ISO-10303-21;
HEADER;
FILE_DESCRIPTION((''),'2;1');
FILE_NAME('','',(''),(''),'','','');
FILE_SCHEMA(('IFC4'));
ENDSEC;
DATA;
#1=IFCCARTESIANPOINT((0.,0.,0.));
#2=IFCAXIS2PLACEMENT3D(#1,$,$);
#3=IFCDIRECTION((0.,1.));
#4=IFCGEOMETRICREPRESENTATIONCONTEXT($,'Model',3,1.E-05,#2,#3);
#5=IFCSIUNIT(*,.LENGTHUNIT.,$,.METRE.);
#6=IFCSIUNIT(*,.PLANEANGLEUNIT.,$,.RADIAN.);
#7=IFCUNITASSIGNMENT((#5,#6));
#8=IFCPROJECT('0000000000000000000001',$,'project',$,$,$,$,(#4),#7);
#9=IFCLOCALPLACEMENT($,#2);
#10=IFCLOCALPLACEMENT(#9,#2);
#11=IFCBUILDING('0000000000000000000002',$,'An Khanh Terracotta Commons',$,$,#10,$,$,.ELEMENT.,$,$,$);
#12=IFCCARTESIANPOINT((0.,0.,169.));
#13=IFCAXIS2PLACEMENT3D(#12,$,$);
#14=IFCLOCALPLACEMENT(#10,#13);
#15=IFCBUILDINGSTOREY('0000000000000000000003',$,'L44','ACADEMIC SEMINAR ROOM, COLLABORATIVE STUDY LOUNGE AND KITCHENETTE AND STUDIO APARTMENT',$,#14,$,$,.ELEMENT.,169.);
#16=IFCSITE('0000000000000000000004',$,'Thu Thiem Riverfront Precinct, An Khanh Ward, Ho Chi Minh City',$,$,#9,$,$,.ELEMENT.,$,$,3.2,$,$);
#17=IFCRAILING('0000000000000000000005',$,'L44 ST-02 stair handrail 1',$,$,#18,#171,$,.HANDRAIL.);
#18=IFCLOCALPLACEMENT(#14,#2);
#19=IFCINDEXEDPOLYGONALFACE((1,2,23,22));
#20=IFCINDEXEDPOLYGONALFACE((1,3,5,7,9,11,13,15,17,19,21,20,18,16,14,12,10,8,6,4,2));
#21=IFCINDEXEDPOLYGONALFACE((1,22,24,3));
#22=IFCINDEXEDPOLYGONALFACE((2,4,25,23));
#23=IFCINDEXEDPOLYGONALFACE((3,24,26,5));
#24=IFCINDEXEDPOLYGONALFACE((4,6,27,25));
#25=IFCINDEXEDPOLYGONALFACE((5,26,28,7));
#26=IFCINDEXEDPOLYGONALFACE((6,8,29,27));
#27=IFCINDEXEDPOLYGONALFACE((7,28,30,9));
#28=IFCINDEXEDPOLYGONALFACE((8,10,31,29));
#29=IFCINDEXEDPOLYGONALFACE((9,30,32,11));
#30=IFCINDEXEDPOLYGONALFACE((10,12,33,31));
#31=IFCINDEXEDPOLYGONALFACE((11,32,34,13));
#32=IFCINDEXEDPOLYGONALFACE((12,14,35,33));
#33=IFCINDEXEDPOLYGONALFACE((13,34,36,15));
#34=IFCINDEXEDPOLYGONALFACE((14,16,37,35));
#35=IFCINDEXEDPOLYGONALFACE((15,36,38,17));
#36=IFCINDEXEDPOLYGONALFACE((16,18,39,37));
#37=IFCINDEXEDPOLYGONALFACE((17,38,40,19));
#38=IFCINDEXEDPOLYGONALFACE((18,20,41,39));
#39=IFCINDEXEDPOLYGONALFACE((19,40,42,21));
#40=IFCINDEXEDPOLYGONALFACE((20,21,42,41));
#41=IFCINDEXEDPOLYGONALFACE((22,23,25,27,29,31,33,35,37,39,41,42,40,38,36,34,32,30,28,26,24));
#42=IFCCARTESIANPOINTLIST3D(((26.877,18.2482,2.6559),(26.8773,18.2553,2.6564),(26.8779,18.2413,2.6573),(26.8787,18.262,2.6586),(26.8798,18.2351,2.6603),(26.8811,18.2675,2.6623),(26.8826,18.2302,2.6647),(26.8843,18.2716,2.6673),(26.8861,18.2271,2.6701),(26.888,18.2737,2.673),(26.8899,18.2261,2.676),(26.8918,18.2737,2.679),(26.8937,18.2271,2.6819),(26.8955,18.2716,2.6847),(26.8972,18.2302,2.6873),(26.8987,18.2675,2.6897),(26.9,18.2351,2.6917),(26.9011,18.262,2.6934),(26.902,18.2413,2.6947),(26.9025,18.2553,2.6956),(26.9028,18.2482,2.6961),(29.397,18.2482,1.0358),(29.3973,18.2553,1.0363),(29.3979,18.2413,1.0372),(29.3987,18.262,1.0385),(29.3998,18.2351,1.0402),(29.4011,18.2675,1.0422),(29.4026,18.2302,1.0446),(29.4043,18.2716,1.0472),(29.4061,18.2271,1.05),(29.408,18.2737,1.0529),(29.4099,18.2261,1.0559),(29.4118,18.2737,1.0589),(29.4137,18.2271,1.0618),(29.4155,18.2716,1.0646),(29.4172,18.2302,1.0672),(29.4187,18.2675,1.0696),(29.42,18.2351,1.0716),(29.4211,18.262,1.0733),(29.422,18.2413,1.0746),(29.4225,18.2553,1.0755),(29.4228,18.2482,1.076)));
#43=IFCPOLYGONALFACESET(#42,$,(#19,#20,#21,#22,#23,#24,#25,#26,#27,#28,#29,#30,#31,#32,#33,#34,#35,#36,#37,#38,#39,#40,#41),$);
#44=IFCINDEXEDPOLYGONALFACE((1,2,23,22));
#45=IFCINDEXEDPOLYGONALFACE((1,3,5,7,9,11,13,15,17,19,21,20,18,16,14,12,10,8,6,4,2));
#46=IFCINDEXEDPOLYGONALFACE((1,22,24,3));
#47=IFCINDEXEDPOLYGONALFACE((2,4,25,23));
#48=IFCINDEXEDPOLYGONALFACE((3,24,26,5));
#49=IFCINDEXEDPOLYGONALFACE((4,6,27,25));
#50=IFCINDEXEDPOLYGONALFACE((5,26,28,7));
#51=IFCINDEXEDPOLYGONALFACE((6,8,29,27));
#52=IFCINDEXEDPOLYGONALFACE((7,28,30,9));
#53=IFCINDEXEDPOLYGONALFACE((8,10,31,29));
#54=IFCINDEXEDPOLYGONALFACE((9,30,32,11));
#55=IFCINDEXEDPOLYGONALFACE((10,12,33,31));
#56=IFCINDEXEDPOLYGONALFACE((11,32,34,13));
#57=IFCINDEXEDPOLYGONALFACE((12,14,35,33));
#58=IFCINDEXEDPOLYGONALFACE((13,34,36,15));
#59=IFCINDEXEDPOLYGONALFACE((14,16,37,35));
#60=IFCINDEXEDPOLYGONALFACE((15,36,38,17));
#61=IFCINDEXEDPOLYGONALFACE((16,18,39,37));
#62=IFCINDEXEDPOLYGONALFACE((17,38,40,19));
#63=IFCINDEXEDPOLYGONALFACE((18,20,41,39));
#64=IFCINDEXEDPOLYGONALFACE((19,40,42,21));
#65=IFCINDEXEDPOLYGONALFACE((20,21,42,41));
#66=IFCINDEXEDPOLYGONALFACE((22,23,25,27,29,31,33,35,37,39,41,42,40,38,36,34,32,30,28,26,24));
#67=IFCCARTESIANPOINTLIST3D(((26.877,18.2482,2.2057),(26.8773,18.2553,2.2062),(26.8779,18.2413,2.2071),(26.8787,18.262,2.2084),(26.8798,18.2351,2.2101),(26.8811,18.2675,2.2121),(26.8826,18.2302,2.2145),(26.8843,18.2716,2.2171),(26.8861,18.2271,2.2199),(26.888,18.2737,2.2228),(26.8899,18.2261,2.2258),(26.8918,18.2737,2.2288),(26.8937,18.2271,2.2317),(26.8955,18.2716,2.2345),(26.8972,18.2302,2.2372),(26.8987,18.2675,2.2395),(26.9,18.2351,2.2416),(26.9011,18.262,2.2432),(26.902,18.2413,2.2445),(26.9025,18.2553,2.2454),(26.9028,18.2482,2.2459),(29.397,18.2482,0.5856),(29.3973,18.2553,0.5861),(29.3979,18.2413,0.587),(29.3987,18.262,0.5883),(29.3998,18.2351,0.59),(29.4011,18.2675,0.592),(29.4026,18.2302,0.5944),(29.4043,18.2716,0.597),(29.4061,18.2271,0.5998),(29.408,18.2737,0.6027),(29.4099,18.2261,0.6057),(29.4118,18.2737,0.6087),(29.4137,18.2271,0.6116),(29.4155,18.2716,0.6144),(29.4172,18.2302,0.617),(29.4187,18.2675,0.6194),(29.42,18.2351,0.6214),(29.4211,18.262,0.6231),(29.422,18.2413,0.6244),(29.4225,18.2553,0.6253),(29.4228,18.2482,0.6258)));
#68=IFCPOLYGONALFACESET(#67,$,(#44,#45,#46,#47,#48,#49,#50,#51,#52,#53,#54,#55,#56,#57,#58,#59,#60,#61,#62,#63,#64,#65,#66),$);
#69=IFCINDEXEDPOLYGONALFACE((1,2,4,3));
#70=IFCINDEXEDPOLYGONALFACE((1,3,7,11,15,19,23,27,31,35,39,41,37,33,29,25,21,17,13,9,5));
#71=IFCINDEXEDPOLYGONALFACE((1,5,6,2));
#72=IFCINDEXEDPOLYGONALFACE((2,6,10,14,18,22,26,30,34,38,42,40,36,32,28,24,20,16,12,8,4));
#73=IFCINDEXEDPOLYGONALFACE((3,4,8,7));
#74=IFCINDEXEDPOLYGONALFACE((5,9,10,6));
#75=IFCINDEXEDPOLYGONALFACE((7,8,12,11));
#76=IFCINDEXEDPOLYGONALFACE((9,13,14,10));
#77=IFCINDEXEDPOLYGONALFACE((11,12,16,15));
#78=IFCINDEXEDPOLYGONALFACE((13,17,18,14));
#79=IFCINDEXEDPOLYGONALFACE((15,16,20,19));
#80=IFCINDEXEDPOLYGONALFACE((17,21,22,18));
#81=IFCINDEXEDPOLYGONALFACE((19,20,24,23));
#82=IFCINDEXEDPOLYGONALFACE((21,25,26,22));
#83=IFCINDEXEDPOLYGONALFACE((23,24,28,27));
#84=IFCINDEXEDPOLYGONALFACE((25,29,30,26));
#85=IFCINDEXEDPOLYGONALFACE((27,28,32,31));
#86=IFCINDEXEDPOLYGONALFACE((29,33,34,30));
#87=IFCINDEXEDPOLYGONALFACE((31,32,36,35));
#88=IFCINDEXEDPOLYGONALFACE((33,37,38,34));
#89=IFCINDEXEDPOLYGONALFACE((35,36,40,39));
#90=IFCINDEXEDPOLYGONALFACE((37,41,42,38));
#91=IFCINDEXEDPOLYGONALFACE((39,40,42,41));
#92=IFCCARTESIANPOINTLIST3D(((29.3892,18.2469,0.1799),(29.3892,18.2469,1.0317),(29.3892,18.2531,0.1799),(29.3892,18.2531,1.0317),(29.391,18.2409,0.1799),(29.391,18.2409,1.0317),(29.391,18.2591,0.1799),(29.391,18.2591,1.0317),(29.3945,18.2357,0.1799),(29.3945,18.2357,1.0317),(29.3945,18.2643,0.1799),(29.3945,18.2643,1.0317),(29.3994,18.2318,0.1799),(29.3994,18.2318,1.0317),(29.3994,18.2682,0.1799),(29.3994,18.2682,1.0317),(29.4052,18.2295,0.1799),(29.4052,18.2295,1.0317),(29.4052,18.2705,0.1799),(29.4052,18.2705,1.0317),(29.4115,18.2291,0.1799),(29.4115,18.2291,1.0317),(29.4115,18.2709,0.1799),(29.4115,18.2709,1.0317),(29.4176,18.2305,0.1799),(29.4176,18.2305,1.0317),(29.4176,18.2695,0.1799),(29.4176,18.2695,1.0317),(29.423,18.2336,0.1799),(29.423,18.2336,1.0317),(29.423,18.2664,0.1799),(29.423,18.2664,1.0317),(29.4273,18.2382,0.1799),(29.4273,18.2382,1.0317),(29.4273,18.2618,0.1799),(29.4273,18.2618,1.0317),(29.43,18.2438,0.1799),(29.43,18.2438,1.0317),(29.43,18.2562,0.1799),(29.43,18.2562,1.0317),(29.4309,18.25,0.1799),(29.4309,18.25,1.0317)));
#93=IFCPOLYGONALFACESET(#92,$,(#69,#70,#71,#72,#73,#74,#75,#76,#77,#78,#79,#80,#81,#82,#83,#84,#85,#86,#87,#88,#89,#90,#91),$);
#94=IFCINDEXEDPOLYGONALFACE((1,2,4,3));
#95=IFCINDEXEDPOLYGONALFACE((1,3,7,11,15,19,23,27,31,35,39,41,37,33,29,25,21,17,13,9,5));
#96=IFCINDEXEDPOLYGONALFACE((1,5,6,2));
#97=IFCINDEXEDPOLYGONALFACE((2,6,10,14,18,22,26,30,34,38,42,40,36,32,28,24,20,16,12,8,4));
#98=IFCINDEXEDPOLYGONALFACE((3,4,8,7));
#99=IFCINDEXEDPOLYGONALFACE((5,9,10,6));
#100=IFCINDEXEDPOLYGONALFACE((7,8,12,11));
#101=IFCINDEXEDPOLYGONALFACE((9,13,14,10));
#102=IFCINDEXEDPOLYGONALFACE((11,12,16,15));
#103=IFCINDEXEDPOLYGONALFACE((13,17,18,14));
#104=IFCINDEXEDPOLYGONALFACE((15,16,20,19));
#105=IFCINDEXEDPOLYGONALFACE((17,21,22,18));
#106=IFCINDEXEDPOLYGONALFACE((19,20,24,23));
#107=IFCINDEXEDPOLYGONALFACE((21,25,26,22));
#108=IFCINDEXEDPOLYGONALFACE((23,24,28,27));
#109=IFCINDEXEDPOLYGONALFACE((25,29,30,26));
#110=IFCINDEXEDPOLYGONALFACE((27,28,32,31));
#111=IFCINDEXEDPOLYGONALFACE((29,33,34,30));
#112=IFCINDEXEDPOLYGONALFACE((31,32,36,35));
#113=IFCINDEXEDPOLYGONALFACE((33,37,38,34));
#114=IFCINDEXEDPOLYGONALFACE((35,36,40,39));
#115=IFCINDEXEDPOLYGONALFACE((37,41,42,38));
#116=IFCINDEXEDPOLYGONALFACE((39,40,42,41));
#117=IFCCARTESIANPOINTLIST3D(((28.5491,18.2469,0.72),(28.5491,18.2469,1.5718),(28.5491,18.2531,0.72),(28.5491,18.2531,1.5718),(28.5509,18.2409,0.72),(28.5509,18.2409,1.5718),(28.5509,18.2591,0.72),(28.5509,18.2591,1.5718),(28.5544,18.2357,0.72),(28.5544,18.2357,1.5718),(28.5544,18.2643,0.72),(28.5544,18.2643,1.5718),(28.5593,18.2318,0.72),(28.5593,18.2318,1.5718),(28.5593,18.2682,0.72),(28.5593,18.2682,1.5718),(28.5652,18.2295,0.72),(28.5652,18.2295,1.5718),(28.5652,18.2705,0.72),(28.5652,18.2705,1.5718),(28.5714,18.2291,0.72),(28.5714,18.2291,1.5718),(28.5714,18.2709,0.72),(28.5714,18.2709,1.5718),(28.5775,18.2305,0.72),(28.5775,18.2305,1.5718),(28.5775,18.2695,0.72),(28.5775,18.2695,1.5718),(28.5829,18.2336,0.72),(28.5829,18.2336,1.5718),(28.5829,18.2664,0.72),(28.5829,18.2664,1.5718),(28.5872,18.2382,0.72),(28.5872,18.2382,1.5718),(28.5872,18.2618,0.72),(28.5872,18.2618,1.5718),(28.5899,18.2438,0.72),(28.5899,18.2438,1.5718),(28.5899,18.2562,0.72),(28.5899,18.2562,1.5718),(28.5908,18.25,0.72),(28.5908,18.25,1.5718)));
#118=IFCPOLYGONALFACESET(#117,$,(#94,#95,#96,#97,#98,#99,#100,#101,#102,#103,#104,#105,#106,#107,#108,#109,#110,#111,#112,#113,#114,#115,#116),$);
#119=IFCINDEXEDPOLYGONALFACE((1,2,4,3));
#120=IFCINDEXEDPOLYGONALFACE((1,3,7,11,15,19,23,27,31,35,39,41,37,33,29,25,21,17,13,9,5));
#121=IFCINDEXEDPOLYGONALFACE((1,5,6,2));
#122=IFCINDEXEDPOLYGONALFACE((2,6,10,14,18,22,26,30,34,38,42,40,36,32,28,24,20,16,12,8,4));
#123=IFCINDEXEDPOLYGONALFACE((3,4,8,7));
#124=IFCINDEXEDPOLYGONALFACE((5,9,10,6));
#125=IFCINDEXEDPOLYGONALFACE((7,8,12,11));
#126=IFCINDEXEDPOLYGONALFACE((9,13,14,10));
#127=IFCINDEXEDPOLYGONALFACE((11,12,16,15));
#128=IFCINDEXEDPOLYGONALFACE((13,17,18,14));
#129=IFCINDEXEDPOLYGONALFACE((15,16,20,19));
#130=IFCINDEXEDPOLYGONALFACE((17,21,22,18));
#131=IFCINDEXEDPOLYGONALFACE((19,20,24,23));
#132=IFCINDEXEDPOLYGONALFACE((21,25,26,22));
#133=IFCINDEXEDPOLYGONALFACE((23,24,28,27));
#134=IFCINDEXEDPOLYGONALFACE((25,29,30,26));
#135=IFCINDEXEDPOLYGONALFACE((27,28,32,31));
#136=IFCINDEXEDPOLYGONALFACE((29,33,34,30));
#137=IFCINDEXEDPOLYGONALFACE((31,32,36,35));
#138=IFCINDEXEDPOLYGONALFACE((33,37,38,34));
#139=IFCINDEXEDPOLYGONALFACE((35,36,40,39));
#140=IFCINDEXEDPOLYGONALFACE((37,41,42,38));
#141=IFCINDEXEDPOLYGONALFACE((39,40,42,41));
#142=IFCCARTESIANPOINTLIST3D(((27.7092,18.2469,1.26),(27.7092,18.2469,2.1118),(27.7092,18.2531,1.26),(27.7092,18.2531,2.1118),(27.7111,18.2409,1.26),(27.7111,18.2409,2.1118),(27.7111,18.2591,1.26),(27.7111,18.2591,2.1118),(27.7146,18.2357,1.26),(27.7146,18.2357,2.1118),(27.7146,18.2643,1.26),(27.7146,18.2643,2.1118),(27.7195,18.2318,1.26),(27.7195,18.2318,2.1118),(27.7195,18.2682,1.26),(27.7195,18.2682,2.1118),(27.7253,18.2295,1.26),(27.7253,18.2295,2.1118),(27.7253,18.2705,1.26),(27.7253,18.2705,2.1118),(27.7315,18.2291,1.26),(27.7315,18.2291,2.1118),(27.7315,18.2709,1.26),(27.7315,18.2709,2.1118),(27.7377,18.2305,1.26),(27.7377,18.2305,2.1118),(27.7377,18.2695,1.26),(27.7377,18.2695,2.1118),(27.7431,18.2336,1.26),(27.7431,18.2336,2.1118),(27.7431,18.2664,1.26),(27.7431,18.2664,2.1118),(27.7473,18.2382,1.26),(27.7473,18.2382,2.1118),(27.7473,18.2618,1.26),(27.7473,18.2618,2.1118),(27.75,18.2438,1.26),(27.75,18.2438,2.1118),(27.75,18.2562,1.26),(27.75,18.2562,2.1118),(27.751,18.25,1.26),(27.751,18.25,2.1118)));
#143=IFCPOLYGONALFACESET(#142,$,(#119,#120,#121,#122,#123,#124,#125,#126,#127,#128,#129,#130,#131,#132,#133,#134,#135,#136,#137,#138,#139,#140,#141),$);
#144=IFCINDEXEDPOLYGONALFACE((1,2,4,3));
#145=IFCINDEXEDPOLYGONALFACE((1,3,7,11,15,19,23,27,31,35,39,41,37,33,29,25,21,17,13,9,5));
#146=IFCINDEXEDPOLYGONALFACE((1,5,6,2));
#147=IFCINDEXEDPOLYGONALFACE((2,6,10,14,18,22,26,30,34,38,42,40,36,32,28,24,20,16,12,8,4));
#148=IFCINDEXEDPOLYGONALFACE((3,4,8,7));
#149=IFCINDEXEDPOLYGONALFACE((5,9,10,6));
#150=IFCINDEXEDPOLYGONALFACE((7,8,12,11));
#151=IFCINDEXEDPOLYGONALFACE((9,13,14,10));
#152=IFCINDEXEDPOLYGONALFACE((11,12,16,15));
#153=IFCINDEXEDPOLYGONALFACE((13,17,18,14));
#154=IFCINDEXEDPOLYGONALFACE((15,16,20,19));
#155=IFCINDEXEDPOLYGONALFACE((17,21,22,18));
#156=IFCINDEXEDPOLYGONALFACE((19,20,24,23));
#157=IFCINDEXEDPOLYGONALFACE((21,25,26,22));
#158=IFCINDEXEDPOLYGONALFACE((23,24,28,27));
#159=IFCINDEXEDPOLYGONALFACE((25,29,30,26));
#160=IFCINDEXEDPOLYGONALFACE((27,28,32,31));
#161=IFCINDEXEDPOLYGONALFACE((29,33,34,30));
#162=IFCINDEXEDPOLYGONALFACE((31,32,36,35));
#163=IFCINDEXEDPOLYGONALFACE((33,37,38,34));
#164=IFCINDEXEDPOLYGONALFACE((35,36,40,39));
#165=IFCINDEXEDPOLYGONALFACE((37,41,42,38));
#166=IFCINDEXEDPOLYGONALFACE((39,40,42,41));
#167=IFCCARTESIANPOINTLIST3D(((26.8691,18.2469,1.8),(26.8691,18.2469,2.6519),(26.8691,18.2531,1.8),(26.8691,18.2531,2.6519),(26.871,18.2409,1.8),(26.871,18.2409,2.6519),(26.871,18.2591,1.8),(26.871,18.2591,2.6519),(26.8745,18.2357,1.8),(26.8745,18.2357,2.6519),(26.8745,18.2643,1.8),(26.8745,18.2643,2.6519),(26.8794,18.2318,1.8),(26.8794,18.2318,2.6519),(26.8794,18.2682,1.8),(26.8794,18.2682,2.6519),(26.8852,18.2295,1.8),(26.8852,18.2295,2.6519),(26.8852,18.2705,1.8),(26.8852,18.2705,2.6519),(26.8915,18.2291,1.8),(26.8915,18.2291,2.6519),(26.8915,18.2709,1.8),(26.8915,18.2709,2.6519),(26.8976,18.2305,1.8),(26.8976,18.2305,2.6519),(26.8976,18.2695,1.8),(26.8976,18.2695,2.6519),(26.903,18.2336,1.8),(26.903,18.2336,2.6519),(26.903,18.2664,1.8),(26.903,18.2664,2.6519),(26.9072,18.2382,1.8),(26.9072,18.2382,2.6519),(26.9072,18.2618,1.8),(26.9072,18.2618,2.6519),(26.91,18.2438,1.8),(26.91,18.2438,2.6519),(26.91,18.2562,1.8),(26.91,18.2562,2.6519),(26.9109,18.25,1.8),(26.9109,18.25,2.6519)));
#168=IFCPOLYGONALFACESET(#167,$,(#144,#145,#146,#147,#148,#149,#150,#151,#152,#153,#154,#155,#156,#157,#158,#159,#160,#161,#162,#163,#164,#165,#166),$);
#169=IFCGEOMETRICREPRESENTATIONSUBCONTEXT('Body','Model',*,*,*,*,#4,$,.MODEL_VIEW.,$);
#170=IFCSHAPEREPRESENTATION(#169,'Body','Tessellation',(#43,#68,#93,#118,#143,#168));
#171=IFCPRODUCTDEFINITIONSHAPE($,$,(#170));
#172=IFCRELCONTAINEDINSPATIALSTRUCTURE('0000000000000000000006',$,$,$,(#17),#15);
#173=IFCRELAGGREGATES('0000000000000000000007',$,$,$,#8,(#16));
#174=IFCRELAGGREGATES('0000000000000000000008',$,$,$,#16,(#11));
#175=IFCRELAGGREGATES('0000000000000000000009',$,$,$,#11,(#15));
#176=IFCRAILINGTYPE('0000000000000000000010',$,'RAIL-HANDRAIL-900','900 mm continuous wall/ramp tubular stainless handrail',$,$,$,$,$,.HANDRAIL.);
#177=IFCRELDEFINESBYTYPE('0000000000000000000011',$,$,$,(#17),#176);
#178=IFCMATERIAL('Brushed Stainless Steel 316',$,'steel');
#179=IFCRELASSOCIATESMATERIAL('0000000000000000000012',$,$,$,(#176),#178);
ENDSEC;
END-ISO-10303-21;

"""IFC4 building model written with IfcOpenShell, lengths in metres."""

from ifc_helpers import new_model, si_unit, direction, frame, origin, origin_2d, place, context, subcontext, project, spatial, circle, extrude, material, type_object, element, save


model = new_model("IFC4")

# Units and contexts
model_context = context("Model", 3, precision=1e-05, world=origin(), true_north=direction((0.0, 1.0)))
body_context = subcontext(model_context, "Body", "Model", "MODEL_VIEW")
ifc_project = project(units=[si_unit("LENGTHUNIT", "METRE"), si_unit("PLANEANGLEUNIT", "RADIAN")], contexts=[model_context])

# Site, building, storey
site_placement = place(None, origin())
site = spatial("IfcSite", under=ifc_project, at=site_placement, Name="Thu Thiem Riverfront Precinct, An Khanh Ward, Ho Chi Minh City", CompositionType="ELEMENT", RefElevation=3.2)
building_placement = place(site_placement, origin())
building = spatial("IfcBuilding", under=site, at=building_placement, Name="An Khanh Terracotta Commons", CompositionType="ELEMENT")
storey_placement = place(building_placement, frame((0.0, 0.0, 169.0)))
storey = spatial("IfcBuildingStorey", under=building, at=storey_placement, Name="L44", Description="ACADEMIC SEMINAR ROOM, COLLABORATIVE STUDY LOUNGE AND KITCHENETTE AND STUDIO APARTMENT", CompositionType="ELEMENT", Elevation=169.0)

# Railing
ifc_material_1 = material(Name="Brushed Stainless Steel 316", Category="steel")
railing_type_1 = type_object("IfcRailingType", Name="RAIL-HANDRAIL-900", Description="900 mm continuous wall/ramp tubular stainless handrail", PredefinedType="HANDRAIL", material=ifc_material_1)
railing_1_placement = place(storey_placement, frame((29.4099, 18.25, 0.1799)))
element("IfcRailing", 1, at=railing_1_placement, inside=storey, type_object=railing_type_1, Name="L44 ST-02 stair handrail 1", PredefinedType="HANDRAIL", context=body_context, shape_type="SweptSolid", body=[
    extrude(circle(Radius=0.0239, at=origin_2d()), frame((0.0, 0.0, 0.876), z_axis=(-0.841163, 0.0, 0.540782), x_axis=(0.0, -1.0, 0.0)), (0.0, 0.0, 1.0), 2.9958),
    extrude(circle(Radius=0.0239, at=origin_2d()), frame((0.0, 0.0, 0.4258), z_axis=(-0.841163, 0.0, 0.540782), x_axis=(0.0, -1.0, 0.0)), (0.0, 0.0, 1.0), 2.9958),
    extrude(circle(Radius=0.021, at=origin_2d()), origin(), (0.0, 0.0, 1.0), 0.8518),
    extrude(circle(Radius=0.021, at=origin_2d()), frame((-0.8401, 0.0, 0.54)), (0.0, 0.0, 1.0), 0.8518),
    extrude(circle(Radius=0.021, at=origin_2d()), frame((-1.6799, 0.0, 1.0801)), (0.0, 0.0, 1.0), 0.8518),
    extrude(circle(Radius=0.021, at=origin_2d()), frame((-2.52, 0.0, 1.6201)), (0.0, 0.0, 1.0), 0.8518),
])

save(model, "model.ifc")
